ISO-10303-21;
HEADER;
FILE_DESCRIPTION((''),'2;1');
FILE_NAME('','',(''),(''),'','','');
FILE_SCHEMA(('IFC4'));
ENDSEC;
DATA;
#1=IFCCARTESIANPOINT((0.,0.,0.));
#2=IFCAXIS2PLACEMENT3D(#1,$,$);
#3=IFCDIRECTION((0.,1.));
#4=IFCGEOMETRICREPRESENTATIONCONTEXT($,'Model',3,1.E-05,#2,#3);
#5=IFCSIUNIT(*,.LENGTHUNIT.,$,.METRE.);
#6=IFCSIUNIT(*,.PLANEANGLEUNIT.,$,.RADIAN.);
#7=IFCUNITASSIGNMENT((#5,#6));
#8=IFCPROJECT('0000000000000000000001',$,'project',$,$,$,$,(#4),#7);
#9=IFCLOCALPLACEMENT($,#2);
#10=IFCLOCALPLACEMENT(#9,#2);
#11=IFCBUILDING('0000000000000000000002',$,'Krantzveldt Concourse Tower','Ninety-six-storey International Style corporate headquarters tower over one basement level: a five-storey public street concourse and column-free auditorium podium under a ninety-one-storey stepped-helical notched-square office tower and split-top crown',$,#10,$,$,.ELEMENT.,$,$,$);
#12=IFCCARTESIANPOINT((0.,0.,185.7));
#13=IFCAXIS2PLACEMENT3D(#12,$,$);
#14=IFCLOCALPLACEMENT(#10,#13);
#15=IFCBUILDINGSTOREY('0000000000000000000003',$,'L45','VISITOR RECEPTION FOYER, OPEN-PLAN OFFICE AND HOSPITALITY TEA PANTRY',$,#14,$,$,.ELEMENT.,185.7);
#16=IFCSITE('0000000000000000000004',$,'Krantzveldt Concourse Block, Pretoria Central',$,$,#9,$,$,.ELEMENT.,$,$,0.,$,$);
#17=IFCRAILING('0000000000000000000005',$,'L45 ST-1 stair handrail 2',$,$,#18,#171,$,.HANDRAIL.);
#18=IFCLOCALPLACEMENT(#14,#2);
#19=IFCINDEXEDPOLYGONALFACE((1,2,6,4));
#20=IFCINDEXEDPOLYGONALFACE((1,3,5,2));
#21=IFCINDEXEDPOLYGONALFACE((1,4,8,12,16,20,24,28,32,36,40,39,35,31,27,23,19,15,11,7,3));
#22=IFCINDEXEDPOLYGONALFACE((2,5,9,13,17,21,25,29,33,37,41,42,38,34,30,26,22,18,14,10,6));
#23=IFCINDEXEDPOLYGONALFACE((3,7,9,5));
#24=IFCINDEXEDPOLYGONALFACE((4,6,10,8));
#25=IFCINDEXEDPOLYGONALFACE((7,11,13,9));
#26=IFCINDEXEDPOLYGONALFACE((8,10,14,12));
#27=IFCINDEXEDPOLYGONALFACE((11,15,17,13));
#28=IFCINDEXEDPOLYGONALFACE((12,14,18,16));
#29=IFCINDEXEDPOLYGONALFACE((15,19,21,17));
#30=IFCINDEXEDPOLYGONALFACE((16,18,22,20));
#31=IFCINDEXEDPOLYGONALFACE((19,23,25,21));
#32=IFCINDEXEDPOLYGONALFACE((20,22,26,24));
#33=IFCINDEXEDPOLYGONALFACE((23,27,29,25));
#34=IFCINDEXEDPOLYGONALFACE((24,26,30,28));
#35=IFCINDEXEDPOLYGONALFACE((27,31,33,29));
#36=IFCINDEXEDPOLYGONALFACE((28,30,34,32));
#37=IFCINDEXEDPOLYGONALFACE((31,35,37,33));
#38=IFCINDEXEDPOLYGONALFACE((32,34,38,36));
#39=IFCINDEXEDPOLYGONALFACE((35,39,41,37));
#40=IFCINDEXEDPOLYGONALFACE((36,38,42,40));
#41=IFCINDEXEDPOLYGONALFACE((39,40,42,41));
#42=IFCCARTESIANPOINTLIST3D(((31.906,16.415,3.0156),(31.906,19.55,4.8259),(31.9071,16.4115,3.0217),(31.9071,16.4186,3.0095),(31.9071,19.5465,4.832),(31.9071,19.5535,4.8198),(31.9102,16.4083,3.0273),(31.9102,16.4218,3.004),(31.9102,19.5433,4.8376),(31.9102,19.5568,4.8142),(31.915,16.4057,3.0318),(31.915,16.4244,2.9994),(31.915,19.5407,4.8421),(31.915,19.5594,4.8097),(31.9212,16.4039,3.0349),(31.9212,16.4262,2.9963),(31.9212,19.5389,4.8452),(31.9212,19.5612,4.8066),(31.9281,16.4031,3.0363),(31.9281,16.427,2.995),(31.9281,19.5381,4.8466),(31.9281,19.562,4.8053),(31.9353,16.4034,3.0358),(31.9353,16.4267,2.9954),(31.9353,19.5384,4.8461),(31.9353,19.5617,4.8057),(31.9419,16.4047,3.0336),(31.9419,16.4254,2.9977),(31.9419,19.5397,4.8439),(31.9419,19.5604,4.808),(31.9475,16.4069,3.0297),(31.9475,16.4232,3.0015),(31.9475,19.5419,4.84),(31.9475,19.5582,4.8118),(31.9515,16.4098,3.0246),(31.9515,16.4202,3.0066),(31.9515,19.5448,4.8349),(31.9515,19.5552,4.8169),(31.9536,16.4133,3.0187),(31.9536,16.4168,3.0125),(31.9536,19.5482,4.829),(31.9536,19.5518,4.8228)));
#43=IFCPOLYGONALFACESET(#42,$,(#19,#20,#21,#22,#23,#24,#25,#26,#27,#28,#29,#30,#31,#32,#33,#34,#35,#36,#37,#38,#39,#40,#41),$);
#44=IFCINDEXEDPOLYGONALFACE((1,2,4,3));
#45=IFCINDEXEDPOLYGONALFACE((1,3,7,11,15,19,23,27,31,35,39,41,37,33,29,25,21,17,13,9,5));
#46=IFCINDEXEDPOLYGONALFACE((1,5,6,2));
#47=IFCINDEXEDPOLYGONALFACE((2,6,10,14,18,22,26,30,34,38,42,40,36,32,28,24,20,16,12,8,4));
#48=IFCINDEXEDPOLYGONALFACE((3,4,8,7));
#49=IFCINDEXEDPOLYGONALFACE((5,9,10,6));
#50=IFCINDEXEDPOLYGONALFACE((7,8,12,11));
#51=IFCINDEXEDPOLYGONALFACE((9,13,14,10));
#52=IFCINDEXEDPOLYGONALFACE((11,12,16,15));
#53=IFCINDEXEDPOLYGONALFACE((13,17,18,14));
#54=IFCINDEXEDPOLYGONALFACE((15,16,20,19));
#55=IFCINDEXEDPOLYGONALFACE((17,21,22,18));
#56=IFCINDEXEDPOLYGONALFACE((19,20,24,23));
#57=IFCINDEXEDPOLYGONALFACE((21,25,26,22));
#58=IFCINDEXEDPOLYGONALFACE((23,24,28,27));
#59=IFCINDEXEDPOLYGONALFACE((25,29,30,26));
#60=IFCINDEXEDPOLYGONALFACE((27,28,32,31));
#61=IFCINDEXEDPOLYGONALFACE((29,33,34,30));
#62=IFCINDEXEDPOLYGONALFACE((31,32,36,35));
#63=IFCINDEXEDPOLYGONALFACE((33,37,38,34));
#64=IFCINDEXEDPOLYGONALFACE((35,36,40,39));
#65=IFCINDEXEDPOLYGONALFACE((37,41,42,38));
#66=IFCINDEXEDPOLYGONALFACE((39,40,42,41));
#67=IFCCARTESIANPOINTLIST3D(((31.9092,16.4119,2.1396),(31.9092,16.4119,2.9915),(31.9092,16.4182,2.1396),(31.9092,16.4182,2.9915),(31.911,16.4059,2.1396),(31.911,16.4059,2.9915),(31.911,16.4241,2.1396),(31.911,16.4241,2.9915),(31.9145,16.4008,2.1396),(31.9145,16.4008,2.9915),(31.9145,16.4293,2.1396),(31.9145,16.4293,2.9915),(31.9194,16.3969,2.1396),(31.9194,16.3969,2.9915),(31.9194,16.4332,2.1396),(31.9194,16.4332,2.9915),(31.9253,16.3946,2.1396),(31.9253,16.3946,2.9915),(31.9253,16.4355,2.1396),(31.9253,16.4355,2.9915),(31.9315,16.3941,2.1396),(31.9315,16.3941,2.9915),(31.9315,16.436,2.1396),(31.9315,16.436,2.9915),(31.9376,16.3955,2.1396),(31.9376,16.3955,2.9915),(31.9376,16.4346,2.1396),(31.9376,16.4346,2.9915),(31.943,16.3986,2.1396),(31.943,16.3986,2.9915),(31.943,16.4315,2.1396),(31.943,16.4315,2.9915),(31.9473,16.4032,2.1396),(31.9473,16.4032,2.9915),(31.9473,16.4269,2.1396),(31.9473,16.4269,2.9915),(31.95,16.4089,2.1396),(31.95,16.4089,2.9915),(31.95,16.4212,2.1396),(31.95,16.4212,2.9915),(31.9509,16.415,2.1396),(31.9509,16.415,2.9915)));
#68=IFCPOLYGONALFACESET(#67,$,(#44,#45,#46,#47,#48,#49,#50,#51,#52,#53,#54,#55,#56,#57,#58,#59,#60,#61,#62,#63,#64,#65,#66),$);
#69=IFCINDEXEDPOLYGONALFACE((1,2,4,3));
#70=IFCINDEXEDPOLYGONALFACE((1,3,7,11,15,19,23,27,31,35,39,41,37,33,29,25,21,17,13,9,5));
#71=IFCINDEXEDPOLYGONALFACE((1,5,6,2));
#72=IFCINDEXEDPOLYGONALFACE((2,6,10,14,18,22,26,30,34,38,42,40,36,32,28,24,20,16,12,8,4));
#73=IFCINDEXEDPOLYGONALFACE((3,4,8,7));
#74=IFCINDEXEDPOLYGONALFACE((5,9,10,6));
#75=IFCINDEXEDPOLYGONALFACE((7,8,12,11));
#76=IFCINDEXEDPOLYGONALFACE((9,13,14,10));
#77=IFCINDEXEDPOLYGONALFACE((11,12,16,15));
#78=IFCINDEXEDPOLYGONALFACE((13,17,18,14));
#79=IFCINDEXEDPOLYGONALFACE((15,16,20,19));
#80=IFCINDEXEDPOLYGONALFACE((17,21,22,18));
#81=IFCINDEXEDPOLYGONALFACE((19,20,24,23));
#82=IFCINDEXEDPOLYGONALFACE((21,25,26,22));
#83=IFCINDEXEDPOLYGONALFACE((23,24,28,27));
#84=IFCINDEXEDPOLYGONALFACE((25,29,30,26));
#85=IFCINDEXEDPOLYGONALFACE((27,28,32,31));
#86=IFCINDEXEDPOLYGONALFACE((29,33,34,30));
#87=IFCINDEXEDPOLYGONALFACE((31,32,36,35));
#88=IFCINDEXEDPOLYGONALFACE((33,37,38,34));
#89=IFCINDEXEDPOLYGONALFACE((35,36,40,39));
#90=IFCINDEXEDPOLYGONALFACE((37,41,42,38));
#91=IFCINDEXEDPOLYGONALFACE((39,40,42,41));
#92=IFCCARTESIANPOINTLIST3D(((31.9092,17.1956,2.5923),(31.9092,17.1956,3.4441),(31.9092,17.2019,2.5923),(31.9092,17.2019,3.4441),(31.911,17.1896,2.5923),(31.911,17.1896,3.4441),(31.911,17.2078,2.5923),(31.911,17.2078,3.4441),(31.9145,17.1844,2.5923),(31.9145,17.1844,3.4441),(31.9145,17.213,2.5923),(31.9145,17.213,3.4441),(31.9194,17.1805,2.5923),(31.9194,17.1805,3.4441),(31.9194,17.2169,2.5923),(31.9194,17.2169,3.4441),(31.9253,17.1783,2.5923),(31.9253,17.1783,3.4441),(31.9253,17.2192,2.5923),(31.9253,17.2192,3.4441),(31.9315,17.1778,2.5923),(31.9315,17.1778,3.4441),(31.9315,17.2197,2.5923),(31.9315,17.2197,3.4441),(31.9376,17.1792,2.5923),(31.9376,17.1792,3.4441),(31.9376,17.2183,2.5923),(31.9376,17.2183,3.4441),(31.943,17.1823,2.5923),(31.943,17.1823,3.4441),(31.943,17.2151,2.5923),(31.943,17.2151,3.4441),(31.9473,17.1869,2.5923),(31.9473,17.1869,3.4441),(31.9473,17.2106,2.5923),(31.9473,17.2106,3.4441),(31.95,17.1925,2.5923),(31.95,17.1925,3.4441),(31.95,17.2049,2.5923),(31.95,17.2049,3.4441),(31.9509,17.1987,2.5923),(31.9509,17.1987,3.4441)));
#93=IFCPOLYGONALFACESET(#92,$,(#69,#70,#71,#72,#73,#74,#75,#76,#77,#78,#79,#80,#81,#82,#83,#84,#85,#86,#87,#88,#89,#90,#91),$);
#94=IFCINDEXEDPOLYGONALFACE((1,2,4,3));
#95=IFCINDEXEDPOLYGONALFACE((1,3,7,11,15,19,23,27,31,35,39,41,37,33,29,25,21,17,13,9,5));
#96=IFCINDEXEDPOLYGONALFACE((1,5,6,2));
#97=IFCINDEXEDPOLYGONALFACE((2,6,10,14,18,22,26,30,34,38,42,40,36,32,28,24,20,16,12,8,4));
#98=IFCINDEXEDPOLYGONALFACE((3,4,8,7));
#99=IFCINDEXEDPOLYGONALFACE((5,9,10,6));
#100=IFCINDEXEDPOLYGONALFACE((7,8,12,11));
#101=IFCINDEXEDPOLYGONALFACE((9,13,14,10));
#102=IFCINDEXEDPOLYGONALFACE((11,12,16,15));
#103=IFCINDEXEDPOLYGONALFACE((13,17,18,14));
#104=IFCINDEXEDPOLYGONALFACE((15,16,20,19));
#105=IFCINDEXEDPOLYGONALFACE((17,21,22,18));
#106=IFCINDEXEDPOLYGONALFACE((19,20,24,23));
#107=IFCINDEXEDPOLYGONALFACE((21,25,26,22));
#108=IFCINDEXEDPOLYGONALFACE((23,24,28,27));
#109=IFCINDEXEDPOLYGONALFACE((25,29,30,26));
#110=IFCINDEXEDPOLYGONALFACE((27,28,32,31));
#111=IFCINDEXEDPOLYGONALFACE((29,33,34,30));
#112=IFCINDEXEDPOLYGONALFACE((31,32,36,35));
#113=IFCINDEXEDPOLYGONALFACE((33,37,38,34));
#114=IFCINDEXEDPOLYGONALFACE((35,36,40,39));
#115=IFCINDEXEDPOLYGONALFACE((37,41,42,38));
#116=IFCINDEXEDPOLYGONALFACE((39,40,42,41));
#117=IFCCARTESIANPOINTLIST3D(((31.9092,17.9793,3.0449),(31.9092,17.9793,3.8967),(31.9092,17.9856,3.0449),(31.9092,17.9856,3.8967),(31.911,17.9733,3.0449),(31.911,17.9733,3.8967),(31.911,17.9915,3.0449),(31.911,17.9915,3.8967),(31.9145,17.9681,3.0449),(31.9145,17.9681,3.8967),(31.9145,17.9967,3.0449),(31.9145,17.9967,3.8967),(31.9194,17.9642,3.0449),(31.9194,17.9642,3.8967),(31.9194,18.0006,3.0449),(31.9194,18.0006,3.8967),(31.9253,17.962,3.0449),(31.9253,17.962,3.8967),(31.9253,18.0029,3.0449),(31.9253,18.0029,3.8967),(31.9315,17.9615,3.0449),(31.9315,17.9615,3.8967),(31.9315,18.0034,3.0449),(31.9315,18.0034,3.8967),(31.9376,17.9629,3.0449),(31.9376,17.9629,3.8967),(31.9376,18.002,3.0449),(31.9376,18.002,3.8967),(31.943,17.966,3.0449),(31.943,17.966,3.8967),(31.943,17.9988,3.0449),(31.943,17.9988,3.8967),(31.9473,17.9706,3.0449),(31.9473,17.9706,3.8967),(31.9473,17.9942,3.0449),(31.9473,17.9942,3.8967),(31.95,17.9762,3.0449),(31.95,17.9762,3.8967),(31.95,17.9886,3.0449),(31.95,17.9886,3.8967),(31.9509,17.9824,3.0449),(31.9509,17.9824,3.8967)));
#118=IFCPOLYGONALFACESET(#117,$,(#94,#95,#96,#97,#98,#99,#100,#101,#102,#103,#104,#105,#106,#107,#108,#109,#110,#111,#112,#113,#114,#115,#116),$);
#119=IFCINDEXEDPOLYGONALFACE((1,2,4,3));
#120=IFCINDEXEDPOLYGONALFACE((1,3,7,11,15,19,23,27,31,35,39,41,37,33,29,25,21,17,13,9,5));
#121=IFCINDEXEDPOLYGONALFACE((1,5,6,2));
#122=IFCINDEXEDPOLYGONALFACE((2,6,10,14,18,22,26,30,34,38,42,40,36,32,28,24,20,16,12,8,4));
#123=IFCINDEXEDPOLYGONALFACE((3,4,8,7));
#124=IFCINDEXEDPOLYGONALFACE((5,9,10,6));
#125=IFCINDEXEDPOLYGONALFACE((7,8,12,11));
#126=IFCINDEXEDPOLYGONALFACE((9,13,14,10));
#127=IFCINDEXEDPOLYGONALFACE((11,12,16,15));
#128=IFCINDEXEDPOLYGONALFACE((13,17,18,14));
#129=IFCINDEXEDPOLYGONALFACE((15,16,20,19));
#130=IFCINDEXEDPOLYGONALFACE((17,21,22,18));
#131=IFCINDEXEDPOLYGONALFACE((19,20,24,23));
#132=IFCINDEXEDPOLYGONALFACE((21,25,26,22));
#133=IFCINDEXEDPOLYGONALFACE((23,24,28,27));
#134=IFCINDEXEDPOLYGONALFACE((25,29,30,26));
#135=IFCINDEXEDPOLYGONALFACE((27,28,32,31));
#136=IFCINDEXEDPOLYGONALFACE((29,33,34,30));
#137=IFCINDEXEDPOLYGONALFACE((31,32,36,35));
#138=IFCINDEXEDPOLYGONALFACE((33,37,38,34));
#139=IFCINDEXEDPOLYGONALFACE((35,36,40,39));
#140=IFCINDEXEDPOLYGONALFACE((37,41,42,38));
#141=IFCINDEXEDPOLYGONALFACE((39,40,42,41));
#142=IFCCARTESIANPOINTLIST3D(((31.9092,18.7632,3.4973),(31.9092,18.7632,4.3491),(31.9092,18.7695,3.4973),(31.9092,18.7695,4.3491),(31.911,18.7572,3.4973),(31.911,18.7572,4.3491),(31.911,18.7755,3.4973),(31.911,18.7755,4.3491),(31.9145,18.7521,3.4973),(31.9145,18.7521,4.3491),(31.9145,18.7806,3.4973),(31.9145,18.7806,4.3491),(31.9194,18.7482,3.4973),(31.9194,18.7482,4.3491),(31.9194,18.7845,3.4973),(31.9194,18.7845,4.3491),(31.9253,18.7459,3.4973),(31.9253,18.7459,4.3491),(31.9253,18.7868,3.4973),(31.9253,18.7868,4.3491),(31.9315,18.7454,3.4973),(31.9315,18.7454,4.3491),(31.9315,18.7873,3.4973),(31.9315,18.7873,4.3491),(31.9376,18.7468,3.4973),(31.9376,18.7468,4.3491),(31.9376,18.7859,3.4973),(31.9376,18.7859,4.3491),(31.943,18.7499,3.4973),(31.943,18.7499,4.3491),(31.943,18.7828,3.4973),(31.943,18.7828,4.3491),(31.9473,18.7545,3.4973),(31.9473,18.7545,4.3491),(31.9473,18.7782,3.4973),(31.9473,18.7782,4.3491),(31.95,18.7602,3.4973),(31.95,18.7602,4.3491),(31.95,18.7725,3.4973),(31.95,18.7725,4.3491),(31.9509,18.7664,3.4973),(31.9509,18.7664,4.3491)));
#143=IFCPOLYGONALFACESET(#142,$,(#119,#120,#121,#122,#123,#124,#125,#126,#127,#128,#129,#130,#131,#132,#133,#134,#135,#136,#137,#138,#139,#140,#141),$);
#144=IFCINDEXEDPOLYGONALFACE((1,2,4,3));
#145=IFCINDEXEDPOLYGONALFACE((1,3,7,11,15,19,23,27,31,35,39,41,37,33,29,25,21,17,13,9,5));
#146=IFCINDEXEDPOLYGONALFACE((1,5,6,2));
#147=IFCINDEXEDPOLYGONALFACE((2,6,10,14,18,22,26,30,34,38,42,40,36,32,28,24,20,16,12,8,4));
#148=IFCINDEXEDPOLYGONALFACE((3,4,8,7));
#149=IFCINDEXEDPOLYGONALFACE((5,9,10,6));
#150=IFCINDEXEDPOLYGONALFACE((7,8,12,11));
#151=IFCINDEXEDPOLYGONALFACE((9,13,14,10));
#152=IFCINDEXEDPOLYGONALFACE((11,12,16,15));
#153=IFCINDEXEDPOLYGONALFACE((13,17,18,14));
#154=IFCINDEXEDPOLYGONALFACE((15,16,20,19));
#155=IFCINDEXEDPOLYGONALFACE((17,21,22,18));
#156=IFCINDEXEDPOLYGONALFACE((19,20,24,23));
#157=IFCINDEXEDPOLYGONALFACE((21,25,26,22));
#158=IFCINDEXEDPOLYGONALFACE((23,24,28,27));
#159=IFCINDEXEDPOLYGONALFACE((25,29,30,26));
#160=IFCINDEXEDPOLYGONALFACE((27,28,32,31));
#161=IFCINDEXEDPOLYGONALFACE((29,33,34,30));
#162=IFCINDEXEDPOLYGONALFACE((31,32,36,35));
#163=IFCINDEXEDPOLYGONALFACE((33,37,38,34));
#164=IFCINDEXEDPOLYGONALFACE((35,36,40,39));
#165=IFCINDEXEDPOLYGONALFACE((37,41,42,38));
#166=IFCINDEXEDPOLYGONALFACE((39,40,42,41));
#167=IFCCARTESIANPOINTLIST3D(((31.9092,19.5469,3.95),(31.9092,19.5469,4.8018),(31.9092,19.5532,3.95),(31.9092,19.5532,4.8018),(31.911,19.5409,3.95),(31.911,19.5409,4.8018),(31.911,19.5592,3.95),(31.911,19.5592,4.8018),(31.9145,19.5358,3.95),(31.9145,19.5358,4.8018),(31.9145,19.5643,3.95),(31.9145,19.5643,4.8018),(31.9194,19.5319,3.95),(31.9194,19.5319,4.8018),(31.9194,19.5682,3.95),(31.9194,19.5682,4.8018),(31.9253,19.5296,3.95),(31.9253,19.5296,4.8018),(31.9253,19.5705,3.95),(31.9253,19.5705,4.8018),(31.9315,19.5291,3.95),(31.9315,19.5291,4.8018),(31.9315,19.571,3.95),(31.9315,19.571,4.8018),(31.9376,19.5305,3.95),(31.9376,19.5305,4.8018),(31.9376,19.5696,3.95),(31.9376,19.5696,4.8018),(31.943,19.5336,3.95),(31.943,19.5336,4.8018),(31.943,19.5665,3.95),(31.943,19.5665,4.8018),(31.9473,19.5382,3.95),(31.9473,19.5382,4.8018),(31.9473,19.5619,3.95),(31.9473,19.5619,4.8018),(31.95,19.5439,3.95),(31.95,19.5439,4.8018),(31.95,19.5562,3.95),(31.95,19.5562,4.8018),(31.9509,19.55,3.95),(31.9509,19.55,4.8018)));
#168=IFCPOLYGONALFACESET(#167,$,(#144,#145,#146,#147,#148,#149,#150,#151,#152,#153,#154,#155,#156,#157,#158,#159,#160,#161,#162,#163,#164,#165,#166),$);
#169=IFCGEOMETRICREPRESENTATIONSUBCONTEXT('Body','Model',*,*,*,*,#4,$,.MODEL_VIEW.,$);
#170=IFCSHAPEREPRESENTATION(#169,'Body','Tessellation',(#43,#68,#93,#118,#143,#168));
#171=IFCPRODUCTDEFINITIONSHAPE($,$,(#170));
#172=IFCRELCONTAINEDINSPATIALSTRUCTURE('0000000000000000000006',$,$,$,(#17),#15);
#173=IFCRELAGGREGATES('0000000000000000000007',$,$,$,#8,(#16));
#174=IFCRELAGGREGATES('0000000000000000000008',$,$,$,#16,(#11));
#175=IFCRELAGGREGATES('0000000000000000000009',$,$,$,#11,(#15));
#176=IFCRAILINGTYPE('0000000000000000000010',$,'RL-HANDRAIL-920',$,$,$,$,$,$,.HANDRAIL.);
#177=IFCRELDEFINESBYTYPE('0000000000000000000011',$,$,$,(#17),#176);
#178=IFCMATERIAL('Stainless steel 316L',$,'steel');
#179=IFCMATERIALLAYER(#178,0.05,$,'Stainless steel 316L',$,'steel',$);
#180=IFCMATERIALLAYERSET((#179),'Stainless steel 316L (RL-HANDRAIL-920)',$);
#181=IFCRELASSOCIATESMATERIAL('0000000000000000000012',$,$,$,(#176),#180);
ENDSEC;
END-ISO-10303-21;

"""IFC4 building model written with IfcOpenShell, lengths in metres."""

from ifc_helpers import new_model, si_unit, direction, frame, origin, origin_2d, place, context, subcontext, project, spatial, circle, extrude, material, layer, layer_set, type_object, element, save


model = new_model("IFC4")

# Units and contexts
model_context = context("Model", 3, precision=1e-05, world=origin(), true_north=direction((0.0, 1.0)))
body_context = subcontext(model_context, "Body", "Model", "MODEL_VIEW")
ifc_project = project(units=[si_unit("LENGTHUNIT", "METRE"), si_unit("PLANEANGLEUNIT", "RADIAN")], contexts=[model_context])

# Site, building, storey
site_placement = place(None, origin())
site = spatial("IfcSite", under=ifc_project, at=site_placement, Name="Krantzveldt Concourse Block, Pretoria Central", CompositionType="ELEMENT", RefElevation=0.0)
building_placement = place(site_placement, origin())
building = spatial("IfcBuilding", under=site, at=building_placement, Name="Krantzveldt Concourse Tower", Description="Ninety-six-storey International Style corporate headquarters tower over one basement level: a five-storey public street concourse and column-free auditorium podium under a ninety-one-storey stepped-helical notched-square office tower and split-top crown", CompositionType="ELEMENT")
storey_placement = place(building_placement, frame((0.0, 0.0, 185.7)))
storey = spatial("IfcBuildingStorey", under=building, at=storey_placement, Name="L45", Description="VISITOR RECEPTION FOYER, OPEN-PLAN OFFICE AND HOSPITALITY TEA PANTRY", CompositionType="ELEMENT", Elevation=185.7)

# Railing
ifc_material_1 = material(Name="Stainless steel 316L", Category="steel")
ifc_layer_1 = layer(ifc_material_1, 0.05, Name="Stainless steel 316L", Category="steel")
ifc_layer_set_1 = layer_set([ifc_layer_1], Name="Stainless steel 316L (RL-HANDRAIL-920)")
railing_type_1 = type_object("IfcRailingType", Name="RL-HANDRAIL-920", PredefinedType="HANDRAIL", material=ifc_layer_set_1)
railing_1_placement = place(storey_placement, frame((31.9299, 16.415, 2.1396)))
element("IfcRailing", 1, at=railing_1_placement, inside=storey, type_object=railing_type_1, Name="L45 ST-1 stair handrail 2", PredefinedType="HANDRAIL", context=body_context, shape_type="SweptSolid", body=[
    extrude(circle(Radius=0.0239, at=origin_2d()), frame((0.0, 0.0, 0.876), z_axis=(0.0, 0.865989, 0.500063), x_axis=(-1.0, 0.0, 0.0)), (0.0, 0.0, 1.0), 3.6201),
    extrude(circle(Radius=0.021, at=origin_2d()), origin(), (0.0, 0.0, 1.0), 0.8518),
    extrude(circle(Radius=0.021, at=origin_2d()), frame((0.0, 0.7837, 0.4526)), (0.0, 0.0, 1.0), 0.8518),
    extrude(circle(Radius=0.021, at=origin_2d()), frame((0.0, 1.5674, 0.9053)), (0.0, 0.0, 1.0), 0.8518),
    extrude(circle(Radius=0.021, at=origin_2d()), frame((0.0, 2.3513, 1.3577)), (0.0, 0.0, 1.0), 0.8518),
    extrude(circle(Radius=0.021, at=origin_2d()), frame((0.0, 3.135, 1.8103)), (0.0, 0.0, 1.0), 0.8518),
])

save(model, "model.ifc")
